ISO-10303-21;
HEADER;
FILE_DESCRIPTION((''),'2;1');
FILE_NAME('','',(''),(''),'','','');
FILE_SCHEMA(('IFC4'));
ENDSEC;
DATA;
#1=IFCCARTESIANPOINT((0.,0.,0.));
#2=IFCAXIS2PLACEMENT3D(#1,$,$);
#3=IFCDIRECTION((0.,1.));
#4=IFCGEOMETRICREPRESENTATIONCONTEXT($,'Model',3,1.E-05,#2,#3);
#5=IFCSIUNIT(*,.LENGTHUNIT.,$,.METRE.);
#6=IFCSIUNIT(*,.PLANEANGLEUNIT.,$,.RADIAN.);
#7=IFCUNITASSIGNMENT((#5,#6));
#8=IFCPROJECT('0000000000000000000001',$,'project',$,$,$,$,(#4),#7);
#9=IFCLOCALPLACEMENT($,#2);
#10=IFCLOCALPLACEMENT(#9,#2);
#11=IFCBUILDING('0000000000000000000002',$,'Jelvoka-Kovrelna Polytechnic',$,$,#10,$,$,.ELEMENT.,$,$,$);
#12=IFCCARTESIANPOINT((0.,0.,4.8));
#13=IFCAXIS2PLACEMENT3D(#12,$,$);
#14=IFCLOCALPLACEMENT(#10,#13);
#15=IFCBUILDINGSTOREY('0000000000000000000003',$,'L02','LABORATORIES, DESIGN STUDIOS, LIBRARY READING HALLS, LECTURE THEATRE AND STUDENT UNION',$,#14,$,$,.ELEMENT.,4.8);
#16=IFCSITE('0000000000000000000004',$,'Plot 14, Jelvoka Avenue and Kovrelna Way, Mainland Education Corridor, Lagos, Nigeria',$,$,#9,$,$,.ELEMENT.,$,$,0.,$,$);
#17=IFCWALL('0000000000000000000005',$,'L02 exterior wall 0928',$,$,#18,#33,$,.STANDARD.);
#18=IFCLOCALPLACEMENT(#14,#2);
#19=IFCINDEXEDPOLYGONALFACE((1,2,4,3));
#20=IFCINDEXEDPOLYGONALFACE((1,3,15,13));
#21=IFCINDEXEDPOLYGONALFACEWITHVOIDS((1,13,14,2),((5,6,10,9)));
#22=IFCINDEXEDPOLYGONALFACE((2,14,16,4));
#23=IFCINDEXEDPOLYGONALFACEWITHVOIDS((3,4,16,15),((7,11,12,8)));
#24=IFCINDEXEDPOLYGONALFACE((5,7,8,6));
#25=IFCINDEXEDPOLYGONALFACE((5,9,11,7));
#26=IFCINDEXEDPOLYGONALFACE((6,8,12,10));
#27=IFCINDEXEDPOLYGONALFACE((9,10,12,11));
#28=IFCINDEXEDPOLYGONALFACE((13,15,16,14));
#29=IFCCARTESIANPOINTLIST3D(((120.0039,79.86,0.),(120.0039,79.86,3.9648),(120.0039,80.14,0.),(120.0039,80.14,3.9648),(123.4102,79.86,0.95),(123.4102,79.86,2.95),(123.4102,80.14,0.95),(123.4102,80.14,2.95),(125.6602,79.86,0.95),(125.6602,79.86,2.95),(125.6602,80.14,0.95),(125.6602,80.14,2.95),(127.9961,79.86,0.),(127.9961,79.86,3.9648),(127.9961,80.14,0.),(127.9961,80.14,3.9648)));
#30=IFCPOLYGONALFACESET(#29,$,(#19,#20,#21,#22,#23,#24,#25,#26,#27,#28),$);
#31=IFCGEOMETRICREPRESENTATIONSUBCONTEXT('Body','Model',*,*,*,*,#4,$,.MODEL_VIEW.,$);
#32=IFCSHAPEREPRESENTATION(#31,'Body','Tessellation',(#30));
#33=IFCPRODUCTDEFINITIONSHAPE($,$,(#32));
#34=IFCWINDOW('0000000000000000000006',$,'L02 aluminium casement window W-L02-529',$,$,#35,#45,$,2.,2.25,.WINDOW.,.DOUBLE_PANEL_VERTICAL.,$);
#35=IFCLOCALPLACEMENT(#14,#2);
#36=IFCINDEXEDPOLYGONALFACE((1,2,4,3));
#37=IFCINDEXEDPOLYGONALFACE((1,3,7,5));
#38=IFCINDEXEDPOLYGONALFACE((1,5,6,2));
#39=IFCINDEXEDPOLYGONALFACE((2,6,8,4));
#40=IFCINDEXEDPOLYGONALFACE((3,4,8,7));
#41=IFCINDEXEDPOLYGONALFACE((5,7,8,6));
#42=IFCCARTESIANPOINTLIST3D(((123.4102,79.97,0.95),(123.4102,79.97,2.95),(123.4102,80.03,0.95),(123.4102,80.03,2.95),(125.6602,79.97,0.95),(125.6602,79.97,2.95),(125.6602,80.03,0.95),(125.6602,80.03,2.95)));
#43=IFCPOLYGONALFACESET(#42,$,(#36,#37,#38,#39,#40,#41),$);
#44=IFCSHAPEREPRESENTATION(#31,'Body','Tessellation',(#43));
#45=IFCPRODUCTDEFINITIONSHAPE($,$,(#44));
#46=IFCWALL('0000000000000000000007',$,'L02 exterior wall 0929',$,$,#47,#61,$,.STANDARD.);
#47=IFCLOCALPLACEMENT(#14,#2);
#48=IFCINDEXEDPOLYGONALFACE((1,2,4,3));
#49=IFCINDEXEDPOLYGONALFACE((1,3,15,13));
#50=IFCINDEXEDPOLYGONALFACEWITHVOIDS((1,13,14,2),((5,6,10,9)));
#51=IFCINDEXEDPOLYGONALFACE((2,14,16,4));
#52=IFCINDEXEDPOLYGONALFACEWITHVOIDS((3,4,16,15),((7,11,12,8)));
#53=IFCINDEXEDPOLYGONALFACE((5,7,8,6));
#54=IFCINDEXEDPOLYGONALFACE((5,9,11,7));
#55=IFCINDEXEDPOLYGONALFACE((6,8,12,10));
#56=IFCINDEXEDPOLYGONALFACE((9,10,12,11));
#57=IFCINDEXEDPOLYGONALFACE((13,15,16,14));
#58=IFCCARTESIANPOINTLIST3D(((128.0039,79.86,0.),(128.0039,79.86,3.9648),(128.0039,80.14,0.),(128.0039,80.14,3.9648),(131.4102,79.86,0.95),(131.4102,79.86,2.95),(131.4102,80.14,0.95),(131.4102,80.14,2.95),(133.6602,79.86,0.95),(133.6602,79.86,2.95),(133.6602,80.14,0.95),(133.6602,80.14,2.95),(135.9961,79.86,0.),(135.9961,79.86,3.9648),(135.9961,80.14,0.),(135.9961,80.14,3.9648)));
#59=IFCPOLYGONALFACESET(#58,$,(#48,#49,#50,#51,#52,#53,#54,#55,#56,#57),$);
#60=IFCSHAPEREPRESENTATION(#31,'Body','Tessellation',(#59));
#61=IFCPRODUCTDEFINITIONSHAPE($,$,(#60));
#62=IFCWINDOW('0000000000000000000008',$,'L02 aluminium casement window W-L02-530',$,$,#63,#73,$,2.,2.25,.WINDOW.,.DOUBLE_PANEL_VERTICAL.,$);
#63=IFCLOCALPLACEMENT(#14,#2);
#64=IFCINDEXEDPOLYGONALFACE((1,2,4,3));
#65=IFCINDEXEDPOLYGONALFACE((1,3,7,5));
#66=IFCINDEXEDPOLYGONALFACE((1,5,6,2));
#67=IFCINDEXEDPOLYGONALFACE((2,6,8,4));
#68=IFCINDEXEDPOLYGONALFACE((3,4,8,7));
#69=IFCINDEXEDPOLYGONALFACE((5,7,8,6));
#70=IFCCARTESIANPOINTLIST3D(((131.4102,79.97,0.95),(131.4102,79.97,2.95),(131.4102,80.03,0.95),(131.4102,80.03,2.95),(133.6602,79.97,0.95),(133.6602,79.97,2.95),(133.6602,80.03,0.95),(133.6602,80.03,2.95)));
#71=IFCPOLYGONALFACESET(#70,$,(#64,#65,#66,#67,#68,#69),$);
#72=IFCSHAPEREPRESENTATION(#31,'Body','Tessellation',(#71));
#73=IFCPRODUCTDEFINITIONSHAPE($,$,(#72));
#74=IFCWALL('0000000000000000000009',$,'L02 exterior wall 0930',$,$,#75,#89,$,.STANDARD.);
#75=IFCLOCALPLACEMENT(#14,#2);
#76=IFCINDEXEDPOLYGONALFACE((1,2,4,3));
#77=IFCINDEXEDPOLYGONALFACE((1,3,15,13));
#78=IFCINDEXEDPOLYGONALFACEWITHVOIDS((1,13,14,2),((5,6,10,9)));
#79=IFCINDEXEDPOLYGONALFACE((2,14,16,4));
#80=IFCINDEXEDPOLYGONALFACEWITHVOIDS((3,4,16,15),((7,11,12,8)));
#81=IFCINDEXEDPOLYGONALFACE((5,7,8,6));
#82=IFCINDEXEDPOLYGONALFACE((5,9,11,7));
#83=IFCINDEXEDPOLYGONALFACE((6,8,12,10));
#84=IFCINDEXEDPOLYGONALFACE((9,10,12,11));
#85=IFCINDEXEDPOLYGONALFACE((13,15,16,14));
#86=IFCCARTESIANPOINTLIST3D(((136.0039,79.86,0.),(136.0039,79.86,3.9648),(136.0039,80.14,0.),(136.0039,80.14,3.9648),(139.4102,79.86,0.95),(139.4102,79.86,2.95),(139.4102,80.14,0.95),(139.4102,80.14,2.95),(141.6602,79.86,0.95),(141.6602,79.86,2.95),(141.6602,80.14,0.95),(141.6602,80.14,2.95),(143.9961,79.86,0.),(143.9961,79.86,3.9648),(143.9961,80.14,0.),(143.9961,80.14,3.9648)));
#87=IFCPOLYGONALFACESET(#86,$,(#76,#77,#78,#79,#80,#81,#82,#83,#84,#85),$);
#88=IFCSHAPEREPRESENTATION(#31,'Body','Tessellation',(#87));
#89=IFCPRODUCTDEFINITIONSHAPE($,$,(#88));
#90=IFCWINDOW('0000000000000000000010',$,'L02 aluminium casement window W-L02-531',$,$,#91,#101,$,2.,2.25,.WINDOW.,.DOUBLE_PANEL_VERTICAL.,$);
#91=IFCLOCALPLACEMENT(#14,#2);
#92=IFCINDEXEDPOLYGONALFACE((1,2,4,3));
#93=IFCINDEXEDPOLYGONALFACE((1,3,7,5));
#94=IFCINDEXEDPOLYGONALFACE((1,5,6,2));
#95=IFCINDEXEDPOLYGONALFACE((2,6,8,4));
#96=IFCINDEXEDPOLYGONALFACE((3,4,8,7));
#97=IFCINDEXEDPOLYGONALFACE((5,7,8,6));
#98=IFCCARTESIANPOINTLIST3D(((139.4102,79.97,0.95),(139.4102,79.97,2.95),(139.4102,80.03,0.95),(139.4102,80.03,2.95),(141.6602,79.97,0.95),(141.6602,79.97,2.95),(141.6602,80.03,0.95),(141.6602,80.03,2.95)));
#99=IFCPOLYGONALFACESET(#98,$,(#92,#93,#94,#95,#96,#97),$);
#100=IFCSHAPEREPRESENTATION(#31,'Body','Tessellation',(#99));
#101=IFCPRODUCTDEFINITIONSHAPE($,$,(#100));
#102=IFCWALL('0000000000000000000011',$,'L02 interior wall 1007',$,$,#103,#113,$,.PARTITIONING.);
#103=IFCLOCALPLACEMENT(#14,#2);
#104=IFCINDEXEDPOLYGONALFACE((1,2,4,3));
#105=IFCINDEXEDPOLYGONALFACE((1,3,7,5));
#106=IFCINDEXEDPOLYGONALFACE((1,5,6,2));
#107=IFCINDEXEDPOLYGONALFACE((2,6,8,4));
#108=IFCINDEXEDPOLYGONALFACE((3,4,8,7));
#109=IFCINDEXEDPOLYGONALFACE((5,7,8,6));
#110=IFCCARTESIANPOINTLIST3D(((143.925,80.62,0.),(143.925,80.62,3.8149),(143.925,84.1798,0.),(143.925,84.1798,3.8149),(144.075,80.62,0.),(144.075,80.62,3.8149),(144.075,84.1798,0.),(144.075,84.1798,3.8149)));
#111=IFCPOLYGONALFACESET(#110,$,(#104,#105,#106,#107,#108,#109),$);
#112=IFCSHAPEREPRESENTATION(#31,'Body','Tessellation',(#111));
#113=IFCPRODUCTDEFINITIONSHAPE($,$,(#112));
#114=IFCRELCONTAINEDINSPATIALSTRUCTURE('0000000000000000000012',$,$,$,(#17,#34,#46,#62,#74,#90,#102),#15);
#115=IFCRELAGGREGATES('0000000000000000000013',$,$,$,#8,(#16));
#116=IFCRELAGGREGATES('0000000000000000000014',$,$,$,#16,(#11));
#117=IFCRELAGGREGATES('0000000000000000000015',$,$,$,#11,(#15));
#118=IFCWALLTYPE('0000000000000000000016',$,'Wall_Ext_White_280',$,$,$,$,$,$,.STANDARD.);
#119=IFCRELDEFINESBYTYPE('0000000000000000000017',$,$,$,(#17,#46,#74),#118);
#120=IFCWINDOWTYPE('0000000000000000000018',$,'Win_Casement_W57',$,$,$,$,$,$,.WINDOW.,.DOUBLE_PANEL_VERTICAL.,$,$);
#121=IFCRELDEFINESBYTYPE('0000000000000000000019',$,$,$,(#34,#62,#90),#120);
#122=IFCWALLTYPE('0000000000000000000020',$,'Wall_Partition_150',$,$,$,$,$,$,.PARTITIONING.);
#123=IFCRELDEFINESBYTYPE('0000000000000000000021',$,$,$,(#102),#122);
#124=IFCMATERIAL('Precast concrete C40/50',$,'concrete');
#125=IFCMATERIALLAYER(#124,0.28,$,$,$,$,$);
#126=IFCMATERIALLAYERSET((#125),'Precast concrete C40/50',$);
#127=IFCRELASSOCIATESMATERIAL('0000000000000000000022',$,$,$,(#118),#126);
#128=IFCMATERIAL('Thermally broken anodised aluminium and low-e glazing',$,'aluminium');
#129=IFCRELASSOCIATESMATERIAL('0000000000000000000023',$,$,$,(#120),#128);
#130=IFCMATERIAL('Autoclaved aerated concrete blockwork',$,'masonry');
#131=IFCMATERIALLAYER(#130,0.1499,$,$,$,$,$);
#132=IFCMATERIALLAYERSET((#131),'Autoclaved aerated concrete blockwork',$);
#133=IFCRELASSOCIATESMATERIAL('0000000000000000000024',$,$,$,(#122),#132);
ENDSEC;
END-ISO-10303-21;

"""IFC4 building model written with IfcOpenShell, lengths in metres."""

from ifc_helpers import new_model, si_unit, direction, frame, frame_2d, origin, place, context, subcontext, project, spatial, rectangle, extrude, material, layer, layer_set, type_object, element, fill, save


model = new_model("IFC4")

# Units and contexts
model_context = context("Model", 3, precision=1e-05, world=origin(), true_north=direction((0.0, 1.0)))
body_context = subcontext(model_context, "Body", "Model", "MODEL_VIEW")
ifc_project = project(units=[si_unit("LENGTHUNIT", "METRE"), si_unit("PLANEANGLEUNIT", "RADIAN")], contexts=[model_context])

# Site, building, storey
site_placement = place(None, origin())
site = spatial("IfcSite", under=ifc_project, at=site_placement, Name="Plot 14, Jelvoka Avenue and Kovrelna Way, Mainland Education Corridor, Lagos, Nigeria", CompositionType="ELEMENT", RefElevation=0.0)
building_placement = place(site_placement, origin())
building = spatial("IfcBuilding", under=site, at=building_placement, Name="Jelvoka-Kovrelna Polytechnic", CompositionType="ELEMENT")
storey_placement = place(building_placement, frame((0.0, 0.0, 4.8)))
storey = spatial("IfcBuildingStorey", under=building, at=storey_placement, Name="L02", Description="LABORATORIES, DESIGN STUDIOS, LIBRARY READING HALLS, LECTURE THEATRE AND STUDENT UNION", CompositionType="ELEMENT", Elevation=4.8)

# Walls, openings, windows
ifc_material_1 = material(Name="Precast concrete C40/50", Category="concrete")
ifc_layer_1 = layer(ifc_material_1, 0.28)
ifc_layer_set_1 = layer_set([ifc_layer_1], Name="Precast concrete C40/50")
wall_type_1 = type_object("IfcWallType", Name="Wall_Ext_White_280", PredefinedType="STANDARD", material=ifc_layer_set_1)
wall_1_placement = place(storey_placement, frame((127.9961, 80.0, 0.0), z_axis=(0.0, 0.0, 1.0), x_axis=(-1.0, 0.0, 0.0)))
wall_1 = element("IfcWall", 1, at=wall_1_placement, inside=storey, type_object=wall_type_1, Name="L02 exterior wall 0928", PredefinedType="STANDARD", context=body_context, shape_type="SweptSolid", body=[
    extrude(rectangle(XDim=7.9922, YDim=0.28, at=frame_2d((3.9961, 0.0))), origin(), (0.0, 0.0, 1.0), 3.9648),
])
opening_1_placement = place(wall_1_placement, frame((2.3359, 0.0, 0.95)))
opening_1 = element("IfcOpeningElement", 2, at=opening_1_placement, cuts=wall_1, PredefinedType="OPENING", context=body_context, shape_type="SweptSolid", body=[
    extrude(rectangle(XDim=2.25, YDim=2.0, at=frame_2d((1.125, 1.0))), frame((0.0, 0.1501, 0.0), z_axis=(0.0, -1.0, 0.0), x_axis=(1.0, 0.0, 0.0)), (0.0, 0.0, 1.0), 0.3),
])
ifc_material_2 = material(Name="Thermally broken anodised aluminium and low-e glazing", Category="aluminium")
window_type = type_object("IfcWindowType", Name="Win_Casement_W57", PartitioningType="DOUBLE_PANEL_VERTICAL", PredefinedType="WINDOW", material=ifc_material_2)
window_1_placement = place(opening_1_placement, origin())
window_1 = element("IfcWindow", 3, at=window_1_placement, inside=storey, type_object=window_type, Name="L02 aluminium casement window W-L02-529", OverallHeight=2.0, OverallWidth=2.25, PartitioningType="DOUBLE_PANEL_VERTICAL", PredefinedType="WINDOW", context=body_context, shape_type="SweptSolid", body=[
    extrude(rectangle(XDim=2.25, YDim=2.0, at=frame_2d((1.125, 1.0))), frame((0.0, 0.03, 0.0), z_axis=(0.0, -1.0, 0.0), x_axis=(1.0, 0.0, 0.0)), (0.0, 0.0, 1.0), 0.0601),
])
fill(opening_1, window_1)
wall_2_placement = place(storey_placement, frame((135.9961, 80.0, 0.0), z_axis=(0.0, 0.0, 1.0), x_axis=(-1.0, 0.0, 0.0)))
wall_2 = element("IfcWall", 4, at=wall_2_placement, inside=storey, type_object=wall_type_1, Name="L02 exterior wall 0929", PredefinedType="STANDARD", context=body_context, shape_type="SweptSolid", body=[
    extrude(rectangle(XDim=7.9922, YDim=0.28, at=frame_2d((3.9961, 0.0))), origin(), (0.0, 0.0, 1.0), 3.9648),
])
opening_2_placement = place(wall_2_placement, frame((2.3359, 0.0, 0.95)))
opening_2 = element("IfcOpeningElement", 5, at=opening_2_placement, cuts=wall_2, PredefinedType="OPENING", context=body_context, shape_type="SweptSolid", body=[
    extrude(rectangle(XDim=2.25, YDim=2.0, at=frame_2d((1.125, 1.0))), frame((0.0, 0.1501, 0.0), z_axis=(0.0, -1.0, 0.0), x_axis=(1.0, 0.0, 0.0)), (0.0, 0.0, 1.0), 0.3),
])
window_2_placement = place(opening_2_placement, origin())
window_2 = element("IfcWindow", 6, at=window_2_placement, inside=storey, type_object=window_type, Name="L02 aluminium casement window W-L02-530", OverallHeight=2.0, OverallWidth=2.25, PartitioningType="DOUBLE_PANEL_VERTICAL", PredefinedType="WINDOW", context=body_context, shape_type="SweptSolid", body=[
    extrude(rectangle(XDim=2.25, YDim=2.0, at=frame_2d((1.125, 1.0))), frame((0.0, 0.03, 0.0), z_axis=(0.0, -1.0, 0.0), x_axis=(1.0, 0.0, 0.0)), (0.0, 0.0, 1.0), 0.0601),
])
fill(opening_2, window_2)
wall_3_placement = place(storey_placement, frame((143.9961, 80.0, 0.0), z_axis=(0.0, 0.0, 1.0), x_axis=(-1.0, 0.0, 0.0)))
wall_3 = element("IfcWall", 7, at=wall_3_placement, inside=storey, type_object=wall_type_1, Name="L02 exterior wall 0930", PredefinedType="STANDARD", context=body_context, shape_type="SweptSolid", body=[
    extrude(rectangle(XDim=7.9922, YDim=0.28, at=frame_2d((3.9961, 0.0))), origin(), (0.0, 0.0, 1.0), 3.9648),
])
opening_3_placement = place(wall_3_placement, frame((2.3359, 0.0, 0.95)))
opening_3 = element("IfcOpeningElement", 8, at=opening_3_placement, cuts=wall_3, PredefinedType="OPENING", context=body_context, shape_type="SweptSolid", body=[
    extrude(rectangle(XDim=2.25, YDim=2.0, at=frame_2d((1.125, 1.0))), frame((0.0, 0.1501, 0.0), z_axis=(0.0, -1.0, 0.0), x_axis=(1.0, 0.0, 0.0)), (0.0, 0.0, 1.0), 0.3),
])
window_3_placement = place(opening_3_placement, origin())
window_3 = element("IfcWindow", 9, at=window_3_placement, inside=storey, type_object=window_type, Name="L02 aluminium casement window W-L02-531", OverallHeight=2.0, OverallWidth=2.25, PartitioningType="DOUBLE_PANEL_VERTICAL", PredefinedType="WINDOW", context=body_context, shape_type="SweptSolid", body=[
    extrude(rectangle(XDim=2.25, YDim=2.0, at=frame_2d((1.125, 1.0))), frame((0.0, 0.03, 0.0), z_axis=(0.0, -1.0, 0.0), x_axis=(1.0, 0.0, 0.0)), (0.0, 0.0, 1.0), 0.0601),
])
fill(opening_3, window_3)

# Wall
ifc_material_3 = material(Name="Autoclaved aerated concrete blockwork", Category="masonry")
ifc_layer_2 = layer(ifc_material_3, 0.1499)
ifc_layer_set_2 = layer_set([ifc_layer_2], Name="Autoclaved aerated concrete blockwork")
wall_type_2 = type_object("IfcWallType", Name="Wall_Partition_150", PredefinedType="PARTITIONING", material=ifc_layer_set_2)
wall_4_placement = place(storey_placement, frame((144.0, 80.6201, 0.0), z_axis=(0.0, 0.0, 1.0), x_axis=(0.0, 1.0, 0.0)))
element("IfcWall", 10, at=wall_4_placement, inside=storey, type_object=wall_type_2, Name="L02 interior wall 1007", PredefinedType="PARTITIONING", context=body_context, shape_type="SweptSolid", body=[
    extrude(rectangle(XDim=3.5598, YDim=0.1499, at=frame_2d((1.7798, 0.0))), origin(), (0.0, 0.0, 1.0), 3.8149),
])

save(model, "model.ifc")
